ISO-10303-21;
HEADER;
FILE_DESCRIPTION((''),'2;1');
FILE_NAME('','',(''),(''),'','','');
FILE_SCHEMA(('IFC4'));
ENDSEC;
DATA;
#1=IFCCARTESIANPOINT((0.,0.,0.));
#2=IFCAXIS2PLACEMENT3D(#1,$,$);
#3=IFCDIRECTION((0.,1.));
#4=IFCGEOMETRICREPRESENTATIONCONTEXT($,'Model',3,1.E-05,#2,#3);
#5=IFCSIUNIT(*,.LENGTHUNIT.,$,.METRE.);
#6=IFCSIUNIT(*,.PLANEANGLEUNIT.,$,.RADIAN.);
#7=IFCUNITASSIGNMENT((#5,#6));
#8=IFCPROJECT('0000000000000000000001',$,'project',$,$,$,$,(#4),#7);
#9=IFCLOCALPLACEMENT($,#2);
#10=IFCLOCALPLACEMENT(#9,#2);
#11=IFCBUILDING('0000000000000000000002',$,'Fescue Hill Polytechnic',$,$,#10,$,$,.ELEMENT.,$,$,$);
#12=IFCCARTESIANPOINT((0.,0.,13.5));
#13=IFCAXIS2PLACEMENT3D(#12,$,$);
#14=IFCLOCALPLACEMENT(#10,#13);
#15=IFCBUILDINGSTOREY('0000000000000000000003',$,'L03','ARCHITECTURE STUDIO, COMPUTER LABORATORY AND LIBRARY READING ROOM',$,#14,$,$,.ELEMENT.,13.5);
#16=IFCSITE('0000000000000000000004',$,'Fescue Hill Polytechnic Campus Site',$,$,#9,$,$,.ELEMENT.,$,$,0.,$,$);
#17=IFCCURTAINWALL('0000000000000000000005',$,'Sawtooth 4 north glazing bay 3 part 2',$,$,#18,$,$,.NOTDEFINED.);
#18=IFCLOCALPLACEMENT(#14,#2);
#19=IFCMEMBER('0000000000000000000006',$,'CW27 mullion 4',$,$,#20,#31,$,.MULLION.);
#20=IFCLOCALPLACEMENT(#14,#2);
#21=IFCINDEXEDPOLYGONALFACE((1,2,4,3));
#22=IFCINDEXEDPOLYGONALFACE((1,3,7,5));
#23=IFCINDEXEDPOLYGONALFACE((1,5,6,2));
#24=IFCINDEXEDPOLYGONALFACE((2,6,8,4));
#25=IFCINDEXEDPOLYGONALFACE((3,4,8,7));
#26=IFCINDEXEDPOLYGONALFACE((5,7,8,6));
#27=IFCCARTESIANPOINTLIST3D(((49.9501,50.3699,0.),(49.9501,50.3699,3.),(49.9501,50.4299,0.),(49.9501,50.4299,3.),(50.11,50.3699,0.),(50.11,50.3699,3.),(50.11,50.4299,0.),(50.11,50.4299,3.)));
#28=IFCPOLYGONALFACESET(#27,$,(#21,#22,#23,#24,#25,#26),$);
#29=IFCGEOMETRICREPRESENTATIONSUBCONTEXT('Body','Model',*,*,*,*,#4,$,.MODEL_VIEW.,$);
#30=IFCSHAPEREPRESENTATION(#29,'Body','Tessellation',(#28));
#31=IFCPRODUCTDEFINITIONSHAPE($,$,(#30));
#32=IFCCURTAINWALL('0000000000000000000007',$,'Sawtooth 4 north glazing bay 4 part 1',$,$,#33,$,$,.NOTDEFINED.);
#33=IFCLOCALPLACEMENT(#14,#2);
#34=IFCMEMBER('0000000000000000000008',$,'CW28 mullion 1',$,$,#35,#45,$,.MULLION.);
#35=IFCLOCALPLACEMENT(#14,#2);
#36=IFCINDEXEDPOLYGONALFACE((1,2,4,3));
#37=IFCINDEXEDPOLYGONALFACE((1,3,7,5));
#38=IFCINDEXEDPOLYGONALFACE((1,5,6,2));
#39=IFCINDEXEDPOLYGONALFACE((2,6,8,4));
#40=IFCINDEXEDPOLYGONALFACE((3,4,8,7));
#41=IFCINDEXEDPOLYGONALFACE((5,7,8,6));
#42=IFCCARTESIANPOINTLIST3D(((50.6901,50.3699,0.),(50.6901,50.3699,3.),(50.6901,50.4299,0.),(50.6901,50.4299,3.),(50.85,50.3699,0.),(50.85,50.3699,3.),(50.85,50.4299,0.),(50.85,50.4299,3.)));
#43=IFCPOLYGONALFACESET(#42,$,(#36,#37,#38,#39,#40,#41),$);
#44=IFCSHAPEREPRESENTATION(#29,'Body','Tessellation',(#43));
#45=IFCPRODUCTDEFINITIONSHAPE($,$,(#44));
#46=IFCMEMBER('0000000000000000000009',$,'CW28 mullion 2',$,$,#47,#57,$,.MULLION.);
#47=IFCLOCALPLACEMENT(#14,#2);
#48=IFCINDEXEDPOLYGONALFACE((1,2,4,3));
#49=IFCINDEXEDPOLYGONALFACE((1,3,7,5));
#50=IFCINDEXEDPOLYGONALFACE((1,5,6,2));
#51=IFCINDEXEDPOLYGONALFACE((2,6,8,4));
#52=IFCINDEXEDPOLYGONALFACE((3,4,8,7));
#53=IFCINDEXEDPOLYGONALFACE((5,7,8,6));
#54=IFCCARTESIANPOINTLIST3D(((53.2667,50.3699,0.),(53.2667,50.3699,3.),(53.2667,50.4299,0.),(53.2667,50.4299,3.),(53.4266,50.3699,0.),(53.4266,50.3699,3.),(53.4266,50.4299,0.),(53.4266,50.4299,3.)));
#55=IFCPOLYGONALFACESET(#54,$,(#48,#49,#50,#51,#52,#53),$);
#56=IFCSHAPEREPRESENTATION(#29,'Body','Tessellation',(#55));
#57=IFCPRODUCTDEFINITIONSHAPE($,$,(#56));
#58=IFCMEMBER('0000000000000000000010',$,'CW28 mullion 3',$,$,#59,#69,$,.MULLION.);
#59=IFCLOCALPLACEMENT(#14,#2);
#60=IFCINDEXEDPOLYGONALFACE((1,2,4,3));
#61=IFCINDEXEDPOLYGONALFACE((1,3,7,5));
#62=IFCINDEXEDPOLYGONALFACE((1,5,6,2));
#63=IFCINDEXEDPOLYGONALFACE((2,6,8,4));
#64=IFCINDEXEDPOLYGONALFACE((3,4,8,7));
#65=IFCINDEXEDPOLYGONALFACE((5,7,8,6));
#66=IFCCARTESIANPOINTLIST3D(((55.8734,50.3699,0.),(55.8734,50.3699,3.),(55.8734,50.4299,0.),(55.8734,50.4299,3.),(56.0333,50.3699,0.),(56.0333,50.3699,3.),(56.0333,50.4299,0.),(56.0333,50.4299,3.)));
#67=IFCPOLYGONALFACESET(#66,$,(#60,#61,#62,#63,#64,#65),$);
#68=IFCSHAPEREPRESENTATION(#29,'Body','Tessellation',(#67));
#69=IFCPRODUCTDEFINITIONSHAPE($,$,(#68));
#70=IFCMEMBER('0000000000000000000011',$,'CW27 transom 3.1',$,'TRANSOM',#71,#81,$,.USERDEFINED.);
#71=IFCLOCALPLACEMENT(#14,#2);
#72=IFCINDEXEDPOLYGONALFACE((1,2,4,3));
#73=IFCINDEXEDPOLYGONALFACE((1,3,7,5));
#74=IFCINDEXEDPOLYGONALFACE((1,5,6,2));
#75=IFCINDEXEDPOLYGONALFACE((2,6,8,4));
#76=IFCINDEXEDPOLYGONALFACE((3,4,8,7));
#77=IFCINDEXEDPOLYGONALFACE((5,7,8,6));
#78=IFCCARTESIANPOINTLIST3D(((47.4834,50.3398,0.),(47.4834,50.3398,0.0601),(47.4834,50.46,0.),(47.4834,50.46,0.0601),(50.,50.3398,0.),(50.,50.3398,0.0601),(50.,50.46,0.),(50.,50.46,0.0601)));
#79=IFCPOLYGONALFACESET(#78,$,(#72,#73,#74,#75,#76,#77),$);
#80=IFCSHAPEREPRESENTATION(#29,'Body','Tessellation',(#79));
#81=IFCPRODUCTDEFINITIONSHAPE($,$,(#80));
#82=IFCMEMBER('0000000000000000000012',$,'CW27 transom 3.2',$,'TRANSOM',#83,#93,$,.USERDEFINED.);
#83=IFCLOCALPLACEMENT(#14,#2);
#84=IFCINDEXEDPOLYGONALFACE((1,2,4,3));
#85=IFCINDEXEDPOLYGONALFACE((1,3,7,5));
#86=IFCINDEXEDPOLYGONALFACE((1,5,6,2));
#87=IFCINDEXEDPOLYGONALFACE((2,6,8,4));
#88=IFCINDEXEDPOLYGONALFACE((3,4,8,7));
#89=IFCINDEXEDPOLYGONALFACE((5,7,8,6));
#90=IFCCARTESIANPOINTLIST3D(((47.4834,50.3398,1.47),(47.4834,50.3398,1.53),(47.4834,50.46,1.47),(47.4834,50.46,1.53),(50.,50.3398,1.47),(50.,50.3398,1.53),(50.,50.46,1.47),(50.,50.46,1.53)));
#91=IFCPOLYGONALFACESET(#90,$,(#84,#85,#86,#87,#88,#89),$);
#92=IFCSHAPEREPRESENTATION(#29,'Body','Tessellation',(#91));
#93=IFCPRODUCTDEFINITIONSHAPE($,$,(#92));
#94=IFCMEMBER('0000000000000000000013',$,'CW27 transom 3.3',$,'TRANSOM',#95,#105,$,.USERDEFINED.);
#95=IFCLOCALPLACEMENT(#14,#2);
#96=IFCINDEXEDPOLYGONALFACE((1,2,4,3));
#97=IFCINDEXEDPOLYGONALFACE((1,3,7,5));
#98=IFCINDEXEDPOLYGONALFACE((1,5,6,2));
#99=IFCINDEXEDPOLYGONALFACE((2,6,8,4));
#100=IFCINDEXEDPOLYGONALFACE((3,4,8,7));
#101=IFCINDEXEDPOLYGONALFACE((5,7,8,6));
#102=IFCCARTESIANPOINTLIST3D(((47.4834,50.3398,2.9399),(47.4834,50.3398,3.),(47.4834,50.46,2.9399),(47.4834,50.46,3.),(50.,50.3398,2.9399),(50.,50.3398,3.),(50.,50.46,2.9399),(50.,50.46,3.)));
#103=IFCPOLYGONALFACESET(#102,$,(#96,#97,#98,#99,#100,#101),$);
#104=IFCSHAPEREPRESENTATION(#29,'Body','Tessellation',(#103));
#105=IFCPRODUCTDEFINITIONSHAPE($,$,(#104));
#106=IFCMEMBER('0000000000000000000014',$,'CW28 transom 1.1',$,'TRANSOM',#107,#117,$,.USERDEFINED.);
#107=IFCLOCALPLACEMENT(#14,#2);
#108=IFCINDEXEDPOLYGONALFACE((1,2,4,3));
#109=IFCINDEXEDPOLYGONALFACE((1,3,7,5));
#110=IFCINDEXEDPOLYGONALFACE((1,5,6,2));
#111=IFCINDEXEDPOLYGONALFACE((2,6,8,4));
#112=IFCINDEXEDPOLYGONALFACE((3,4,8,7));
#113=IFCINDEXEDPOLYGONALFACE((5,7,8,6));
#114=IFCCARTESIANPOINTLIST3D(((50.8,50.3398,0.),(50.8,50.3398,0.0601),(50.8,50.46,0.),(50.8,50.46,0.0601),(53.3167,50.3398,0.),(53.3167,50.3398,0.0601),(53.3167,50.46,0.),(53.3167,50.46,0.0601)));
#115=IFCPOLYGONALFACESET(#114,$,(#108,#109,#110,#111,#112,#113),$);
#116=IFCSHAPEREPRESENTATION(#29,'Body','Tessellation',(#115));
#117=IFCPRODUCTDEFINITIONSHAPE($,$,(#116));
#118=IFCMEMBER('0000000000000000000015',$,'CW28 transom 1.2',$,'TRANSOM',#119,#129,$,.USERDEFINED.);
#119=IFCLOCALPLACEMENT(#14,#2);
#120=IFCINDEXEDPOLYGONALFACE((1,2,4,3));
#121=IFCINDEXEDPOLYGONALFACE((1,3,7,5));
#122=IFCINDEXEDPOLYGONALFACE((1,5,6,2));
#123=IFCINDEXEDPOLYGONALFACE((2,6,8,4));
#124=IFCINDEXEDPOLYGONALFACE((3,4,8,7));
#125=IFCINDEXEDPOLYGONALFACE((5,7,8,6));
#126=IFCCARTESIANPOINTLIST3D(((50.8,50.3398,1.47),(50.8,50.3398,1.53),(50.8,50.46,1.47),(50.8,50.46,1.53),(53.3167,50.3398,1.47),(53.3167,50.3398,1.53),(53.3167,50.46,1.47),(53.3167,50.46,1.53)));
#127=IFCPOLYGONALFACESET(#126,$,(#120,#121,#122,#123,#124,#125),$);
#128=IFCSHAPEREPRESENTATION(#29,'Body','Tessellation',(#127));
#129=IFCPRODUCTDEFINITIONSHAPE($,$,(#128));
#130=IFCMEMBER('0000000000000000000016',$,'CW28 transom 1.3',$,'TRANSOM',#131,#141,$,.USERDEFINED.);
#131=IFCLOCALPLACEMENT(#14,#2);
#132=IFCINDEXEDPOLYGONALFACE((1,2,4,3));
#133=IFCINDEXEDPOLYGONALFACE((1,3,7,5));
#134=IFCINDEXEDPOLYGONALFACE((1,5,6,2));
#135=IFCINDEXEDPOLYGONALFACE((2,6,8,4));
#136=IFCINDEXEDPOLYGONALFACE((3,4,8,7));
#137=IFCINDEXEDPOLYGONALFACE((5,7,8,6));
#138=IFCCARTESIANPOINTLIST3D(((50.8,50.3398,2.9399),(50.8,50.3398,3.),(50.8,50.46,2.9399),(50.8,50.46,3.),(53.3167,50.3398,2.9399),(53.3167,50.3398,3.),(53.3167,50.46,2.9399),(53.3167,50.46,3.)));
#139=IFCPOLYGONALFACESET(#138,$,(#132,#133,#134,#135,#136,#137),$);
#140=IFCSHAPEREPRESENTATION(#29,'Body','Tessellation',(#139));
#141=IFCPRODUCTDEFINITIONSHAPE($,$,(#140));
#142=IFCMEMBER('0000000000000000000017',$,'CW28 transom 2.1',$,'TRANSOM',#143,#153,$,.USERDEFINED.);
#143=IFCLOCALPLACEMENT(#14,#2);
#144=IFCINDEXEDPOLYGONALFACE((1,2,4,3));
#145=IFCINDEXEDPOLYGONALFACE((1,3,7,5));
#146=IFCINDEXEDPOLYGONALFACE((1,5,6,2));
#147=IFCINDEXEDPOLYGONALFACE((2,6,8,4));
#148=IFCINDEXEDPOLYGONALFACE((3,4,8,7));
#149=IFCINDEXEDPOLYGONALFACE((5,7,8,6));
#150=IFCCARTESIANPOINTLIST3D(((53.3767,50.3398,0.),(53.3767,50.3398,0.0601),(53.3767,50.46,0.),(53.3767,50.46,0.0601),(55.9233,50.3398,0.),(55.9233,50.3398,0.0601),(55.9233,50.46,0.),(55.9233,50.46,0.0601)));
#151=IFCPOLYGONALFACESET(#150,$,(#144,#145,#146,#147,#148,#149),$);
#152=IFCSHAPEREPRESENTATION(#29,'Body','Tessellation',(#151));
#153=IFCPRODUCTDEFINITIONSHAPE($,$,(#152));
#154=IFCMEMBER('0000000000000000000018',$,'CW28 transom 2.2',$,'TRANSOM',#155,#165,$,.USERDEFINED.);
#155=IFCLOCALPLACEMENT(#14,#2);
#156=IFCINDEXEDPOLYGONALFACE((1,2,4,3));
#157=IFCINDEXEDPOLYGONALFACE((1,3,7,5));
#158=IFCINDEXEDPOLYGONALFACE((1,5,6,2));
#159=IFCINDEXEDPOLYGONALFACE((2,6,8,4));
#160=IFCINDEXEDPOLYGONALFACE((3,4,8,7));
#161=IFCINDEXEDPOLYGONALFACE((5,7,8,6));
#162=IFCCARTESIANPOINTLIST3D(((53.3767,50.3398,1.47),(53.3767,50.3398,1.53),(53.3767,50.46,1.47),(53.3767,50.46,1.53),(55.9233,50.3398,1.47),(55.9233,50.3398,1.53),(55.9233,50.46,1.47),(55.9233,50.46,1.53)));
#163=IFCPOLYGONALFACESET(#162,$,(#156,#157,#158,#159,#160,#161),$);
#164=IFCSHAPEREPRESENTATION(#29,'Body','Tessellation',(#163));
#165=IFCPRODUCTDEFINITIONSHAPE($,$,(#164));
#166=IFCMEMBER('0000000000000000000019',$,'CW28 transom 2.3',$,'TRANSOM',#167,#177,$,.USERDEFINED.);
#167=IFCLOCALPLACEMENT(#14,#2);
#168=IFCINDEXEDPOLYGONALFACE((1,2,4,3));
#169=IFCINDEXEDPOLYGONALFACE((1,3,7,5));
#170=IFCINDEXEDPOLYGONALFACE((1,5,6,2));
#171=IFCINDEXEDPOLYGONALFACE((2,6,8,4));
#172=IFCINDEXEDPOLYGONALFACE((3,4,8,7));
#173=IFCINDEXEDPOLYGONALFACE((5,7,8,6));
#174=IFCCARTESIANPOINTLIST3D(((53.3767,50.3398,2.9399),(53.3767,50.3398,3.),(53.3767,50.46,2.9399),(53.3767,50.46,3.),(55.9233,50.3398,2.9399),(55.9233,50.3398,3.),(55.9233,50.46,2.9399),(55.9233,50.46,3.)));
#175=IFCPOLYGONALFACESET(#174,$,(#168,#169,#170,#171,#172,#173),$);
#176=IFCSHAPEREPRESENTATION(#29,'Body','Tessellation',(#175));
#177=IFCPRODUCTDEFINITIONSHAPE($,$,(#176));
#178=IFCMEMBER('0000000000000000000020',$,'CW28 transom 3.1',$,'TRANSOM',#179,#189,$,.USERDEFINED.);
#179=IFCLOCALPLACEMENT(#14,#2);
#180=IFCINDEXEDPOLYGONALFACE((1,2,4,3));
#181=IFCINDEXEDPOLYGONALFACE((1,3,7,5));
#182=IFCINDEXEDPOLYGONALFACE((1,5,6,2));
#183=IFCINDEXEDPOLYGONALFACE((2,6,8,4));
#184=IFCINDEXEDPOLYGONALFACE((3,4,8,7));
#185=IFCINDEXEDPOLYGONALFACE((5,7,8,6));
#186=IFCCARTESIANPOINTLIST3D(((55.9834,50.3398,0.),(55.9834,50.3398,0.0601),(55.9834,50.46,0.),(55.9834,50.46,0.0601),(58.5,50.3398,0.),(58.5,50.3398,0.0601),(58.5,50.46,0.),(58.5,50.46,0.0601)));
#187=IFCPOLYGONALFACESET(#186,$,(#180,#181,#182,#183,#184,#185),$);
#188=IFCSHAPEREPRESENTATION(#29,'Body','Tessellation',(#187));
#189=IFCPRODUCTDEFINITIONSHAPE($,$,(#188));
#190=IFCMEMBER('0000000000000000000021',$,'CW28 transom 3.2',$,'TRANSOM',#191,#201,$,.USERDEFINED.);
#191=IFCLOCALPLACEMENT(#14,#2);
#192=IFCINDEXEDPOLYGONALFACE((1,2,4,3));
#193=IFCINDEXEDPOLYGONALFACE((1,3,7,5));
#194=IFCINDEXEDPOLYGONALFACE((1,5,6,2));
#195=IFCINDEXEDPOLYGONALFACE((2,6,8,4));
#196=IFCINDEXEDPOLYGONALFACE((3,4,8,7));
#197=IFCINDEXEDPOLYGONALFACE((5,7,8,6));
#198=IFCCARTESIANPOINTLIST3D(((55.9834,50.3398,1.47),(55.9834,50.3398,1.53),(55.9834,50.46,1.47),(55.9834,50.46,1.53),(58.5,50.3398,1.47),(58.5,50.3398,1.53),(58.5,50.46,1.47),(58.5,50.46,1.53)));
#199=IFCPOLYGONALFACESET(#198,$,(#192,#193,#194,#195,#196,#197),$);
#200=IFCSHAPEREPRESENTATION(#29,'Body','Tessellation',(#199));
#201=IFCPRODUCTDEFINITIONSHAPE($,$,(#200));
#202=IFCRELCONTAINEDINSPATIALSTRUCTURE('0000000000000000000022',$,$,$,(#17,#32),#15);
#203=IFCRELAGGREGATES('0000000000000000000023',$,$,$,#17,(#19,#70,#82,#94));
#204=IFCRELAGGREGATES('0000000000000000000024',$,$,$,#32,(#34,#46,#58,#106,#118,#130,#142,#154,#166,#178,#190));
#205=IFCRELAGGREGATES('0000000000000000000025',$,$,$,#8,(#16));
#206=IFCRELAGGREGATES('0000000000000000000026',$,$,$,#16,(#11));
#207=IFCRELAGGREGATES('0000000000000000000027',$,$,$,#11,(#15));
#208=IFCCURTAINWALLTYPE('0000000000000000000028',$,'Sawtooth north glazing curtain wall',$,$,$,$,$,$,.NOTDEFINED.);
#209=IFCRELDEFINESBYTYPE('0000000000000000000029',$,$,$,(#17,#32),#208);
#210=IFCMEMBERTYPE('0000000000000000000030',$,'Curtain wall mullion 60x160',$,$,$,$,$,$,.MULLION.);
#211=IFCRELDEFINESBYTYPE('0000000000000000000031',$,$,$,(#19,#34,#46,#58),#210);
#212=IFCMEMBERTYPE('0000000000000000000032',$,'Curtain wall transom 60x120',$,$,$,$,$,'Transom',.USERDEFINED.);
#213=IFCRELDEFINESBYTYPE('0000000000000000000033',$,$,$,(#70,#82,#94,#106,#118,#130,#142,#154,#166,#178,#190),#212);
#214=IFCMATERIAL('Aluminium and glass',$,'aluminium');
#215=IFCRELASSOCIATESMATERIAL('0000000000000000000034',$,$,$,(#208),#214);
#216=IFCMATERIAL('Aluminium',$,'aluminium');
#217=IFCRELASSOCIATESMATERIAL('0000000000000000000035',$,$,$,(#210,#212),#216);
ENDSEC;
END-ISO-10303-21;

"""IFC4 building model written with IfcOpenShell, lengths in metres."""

from ifc_helpers import new_model, si_unit, direction, frame, origin, origin_2d, place, context, subcontext, project, spatial, rectangle, extrude, material, material_profile, profile_set, type_object, element, aggregate, save


model = new_model("IFC4")

# Units and contexts
model_context = context("Model", 3, precision=1e-05, world=origin(), true_north=direction((0.0, 1.0)))
body_context = subcontext(model_context, "Body", "Model", "MODEL_VIEW")
ifc_project = project(units=[si_unit("LENGTHUNIT", "METRE"), si_unit("PLANEANGLEUNIT", "RADIAN")], contexts=[model_context])

# Site, building, storey
site_placement = place(None, origin())
site = spatial("IfcSite", under=ifc_project, at=site_placement, Name="Fescue Hill Polytechnic Campus Site", CompositionType="ELEMENT", RefElevation=0.0)
building_placement = place(site_placement, origin())
building = spatial("IfcBuilding", under=site, at=building_placement, Name="Fescue Hill Polytechnic", CompositionType="ELEMENT")
storey_placement = place(building_placement, frame((0.0, 0.0, 13.5)))
storey = spatial("IfcBuildingStorey", under=building, at=storey_placement, Name="L03", Description="ARCHITECTURE STUDIO, COMPUTER LABORATORY AND LIBRARY READING ROOM", CompositionType="ELEMENT", Elevation=13.5)

# Curtain wall, member
ifc_material_1 = material(Name="Aluminium and glass", Category="aluminium")
curtain_wall_type = type_object("IfcCurtainWallType", Name="Sawtooth north glazing curtain wall", PredefinedType="NOTDEFINED", material=ifc_material_1)
curtain_wall_1_placement = place(storey_placement, origin())
curtain_wall_1 = element("IfcCurtainWall", 1, at=curtain_wall_1_placement, inside=storey, type_object=curtain_wall_type, Name="Sawtooth 4 north glazing bay 3 part 2", PredefinedType="NOTDEFINED")
ifc_material_2 = material(Name="Aluminium", Category="aluminium")
ifc_material_profile_1 = material_profile(ifc_material_2, rectangle(XDim=0.0601, YDim=0.1599, at=origin_2d()), Name="Curtain wall mullion 60x160")
ifc_profile_set_1 = profile_set([ifc_material_profile_1], Name="Aluminium")
member_type_1 = type_object("IfcMemberType", Name="Curtain wall mullion 60x160", PredefinedType="MULLION", material=ifc_profile_set_1)
member_1_placement = place(storey_placement, frame((50.03, 50.3999, 0.0), z_axis=(0.0, 0.0, 1.0), x_axis=(0.0, 1.0, 0.0)))
member_1 = element("IfcMember", 2, at=member_1_placement, type_object=member_type_1, Name="CW27 mullion 4", PredefinedType="MULLION", context=body_context, shape_type="SweptSolid", body=[
    extrude(rectangle(XDim=0.0601, YDim=0.1599, at=origin_2d()), origin(), (0.0, 0.0, 1.0), 3.0),
])

# Curtain wall, members
curtain_wall_2_placement = place(storey_placement, origin())
curtain_wall_2 = element("IfcCurtainWall", 3, at=curtain_wall_2_placement, inside=storey, type_object=curtain_wall_type, Name="Sawtooth 4 north glazing bay 4 part 1", PredefinedType="NOTDEFINED")
member_2_placement = place(storey_placement, frame((50.77, 50.3999, 0.0), z_axis=(0.0, 0.0, 1.0), x_axis=(0.0, 1.0, 0.0)))
member_2 = element("IfcMember", 4, at=member_2_placement, type_object=member_type_1, Name="CW28 mullion 1", PredefinedType="MULLION", context=body_context, shape_type="SweptSolid", body=[
    extrude(rectangle(XDim=0.0601, YDim=0.1599, at=origin_2d()), origin(), (0.0, 0.0, 1.0), 3.0),
])
member_3_placement = place(storey_placement, frame((53.3467, 50.3999, 0.0), z_axis=(0.0, 0.0, 1.0), x_axis=(0.0, 1.0, 0.0)))
member_3 = element("IfcMember", 5, at=member_3_placement, type_object=member_type_1, Name="CW28 mullion 2", PredefinedType="MULLION", context=body_context, shape_type="SweptSolid", body=[
    extrude(rectangle(XDim=0.0601, YDim=0.1599, at=origin_2d()), origin(), (0.0, 0.0, 1.0), 3.0),
])
member_4_placement = place(storey_placement, frame((55.9534, 50.3999, 0.0), z_axis=(0.0, 0.0, 1.0), x_axis=(0.0, 1.0, 0.0)))
member_4 = element("IfcMember", 6, at=member_4_placement, type_object=member_type_1, Name="CW28 mullion 3", PredefinedType="MULLION", context=body_context, shape_type="SweptSolid", body=[
    extrude(rectangle(XDim=0.0601, YDim=0.1599, at=origin_2d()), origin(), (0.0, 0.0, 1.0), 3.0),
])

# Members
ifc_material_profile_2 = material_profile(ifc_material_2, rectangle(XDim=0.1201, YDim=0.0601, at=origin_2d()), Name="Curtain wall transom 60x120")
ifc_profile_set_2 = profile_set([ifc_material_profile_2], Name="Aluminium")
member_type_2 = type_object("IfcMemberType", Name="Curtain wall transom 60x120", ElementType="Transom", PredefinedType="USERDEFINED", material=ifc_profile_set_2)
member_5_placement = place(storey_placement, frame((47.4834, 50.3999, 0.03), z_axis=(1.0, 0.0, 0.0), x_axis=(0.0, 1.0, 0.0)))
member_5 = element("IfcMember", 7, at=member_5_placement, type_object=member_type_2, Name="CW27 transom 3.1", ObjectType="TRANSOM", PredefinedType="USERDEFINED", context=body_context, shape_type="SweptSolid", body=[
    extrude(rectangle(XDim=0.1201, YDim=0.0601, at=origin_2d()), origin(), (0.0, 0.0, 1.0), 2.5166),
])
member_6_placement = place(storey_placement, frame((47.4834, 50.3999, 1.5), z_axis=(1.0, 0.0, 0.0), x_axis=(0.0, 1.0, 0.0)))
member_6 = element("IfcMember", 8, at=member_6_placement, type_object=member_type_2, Name="CW27 transom 3.2", ObjectType="TRANSOM", PredefinedType="USERDEFINED", context=body_context, shape_type="SweptSolid", body=[
    extrude(rectangle(XDim=0.1201, YDim=0.0601, at=origin_2d()), origin(), (0.0, 0.0, 1.0), 2.5166),
])
member_7_placement = place(storey_placement, frame((47.4834, 50.3999, 2.97), z_axis=(1.0, 0.0, 0.0), x_axis=(0.0, 1.0, 0.0)))
member_7 = element("IfcMember", 9, at=member_7_placement, type_object=member_type_2, Name="CW27 transom 3.3", ObjectType="TRANSOM", PredefinedType="USERDEFINED", context=body_context, shape_type="SweptSolid", body=[
    extrude(rectangle(XDim=0.1201, YDim=0.0601, at=origin_2d()), origin(), (0.0, 0.0, 1.0), 2.5166),
])
member_8_placement = place(storey_placement, frame((50.8, 50.3999, 0.03), z_axis=(1.0, 0.0, 0.0), x_axis=(0.0, 1.0, 0.0)))
member_8 = element("IfcMember", 10, at=member_8_placement, type_object=member_type_2, Name="CW28 transom 1.1", ObjectType="TRANSOM", PredefinedType="USERDEFINED", context=body_context, shape_type="SweptSolid", body=[
    extrude(rectangle(XDim=0.1201, YDim=0.0601, at=origin_2d()), origin(), (0.0, 0.0, 1.0), 2.5166),
])
member_9_placement = place(storey_placement, frame((50.8, 50.3999, 1.5), z_axis=(1.0, 0.0, 0.0), x_axis=(0.0, 1.0, 0.0)))
member_9 = element("IfcMember", 11, at=member_9_placement, type_object=member_type_2, Name="CW28 transom 1.2", ObjectType="TRANSOM", PredefinedType="USERDEFINED", context=body_context, shape_type="SweptSolid", body=[
    extrude(rectangle(XDim=0.1201, YDim=0.0601, at=origin_2d()), origin(), (0.0, 0.0, 1.0), 2.5166),
])
member_10_placement = place(storey_placement, frame((50.8, 50.3999, 2.97), z_axis=(1.0, 0.0, 0.0), x_axis=(0.0, 1.0, 0.0)))
member_10 = element("IfcMember", 12, at=member_10_placement, type_object=member_type_2, Name="CW28 transom 1.3", ObjectType="TRANSOM", PredefinedType="USERDEFINED", context=body_context, shape_type="SweptSolid", body=[
    extrude(rectangle(XDim=0.1201, YDim=0.0601, at=origin_2d()), origin(), (0.0, 0.0, 1.0), 2.5166),
])
member_11_placement = place(storey_placement, frame((53.3767, 50.3999, 0.03), z_axis=(1.0, 0.0, 0.0), x_axis=(0.0, 1.0, 0.0)))
member_11 = element("IfcMember", 13, at=member_11_placement, type_object=member_type_2, Name="CW28 transom 2.1", ObjectType="TRANSOM", PredefinedType="USERDEFINED", context=body_context, shape_type="SweptSolid", body=[
    extrude(rectangle(XDim=0.1201, YDim=0.0601, at=origin_2d()), origin(), (0.0, 0.0, 1.0), 2.5466),
])
member_12_placement = place(storey_placement, frame((53.3767, 50.3999, 1.5), z_axis=(1.0, 0.0, 0.0), x_axis=(0.0, 1.0, 0.0)))
member_12 = element("IfcMember", 14, at=member_12_placement, type_object=member_type_2, Name="CW28 transom 2.2", ObjectType="TRANSOM", PredefinedType="USERDEFINED", context=body_context, shape_type="SweptSolid", body=[
    extrude(rectangle(XDim=0.1201, YDim=0.0601, at=origin_2d()), origin(), (0.0, 0.0, 1.0), 2.5466),
])
member_13_placement = place(storey_placement, frame((53.3767, 50.3999, 2.97), z_axis=(1.0, 0.0, 0.0), x_axis=(0.0, 1.0, 0.0)))
member_13 = element("IfcMember", 15, at=member_13_placement, type_object=member_type_2, Name="CW28 transom 2.3", ObjectType="TRANSOM", PredefinedType="USERDEFINED", context=body_context, shape_type="SweptSolid", body=[
    extrude(rectangle(XDim=0.1201, YDim=0.0601, at=origin_2d()), origin(), (0.0, 0.0, 1.0), 2.5466),
])
member_14_placement = place(storey_placement, frame((55.9834, 50.3999, 0.03), z_axis=(1.0, 0.0, 0.0), x_axis=(0.0, 1.0, 0.0)))
member_14 = element("IfcMember", 16, at=member_14_placement, type_object=member_type_2, Name="CW28 transom 3.1", ObjectType="TRANSOM", PredefinedType="USERDEFINED", context=body_context, shape_type="SweptSolid", body=[
    extrude(rectangle(XDim=0.1201, YDim=0.0601, at=origin_2d()), origin(), (0.0, 0.0, 1.0), 2.5166),
])
member_15_placement = place(storey_placement, frame((55.9834, 50.3999, 1.5), z_axis=(1.0, 0.0, 0.0), x_axis=(0.0, 1.0, 0.0)))
member_15 = element("IfcMember", 17, at=member_15_placement, type_object=member_type_2, Name="CW28 transom 3.2", ObjectType="TRANSOM", PredefinedType="USERDEFINED", context=body_context, shape_type="SweptSolid", body=[
    extrude(rectangle(XDim=0.1201, YDim=0.0601, at=origin_2d()), origin(), (0.0, 0.0, 1.0), 2.5166),
])

aggregate(curtain_wall_1, [member_1, member_5, member_6, member_7])
aggregate(curtain_wall_2, [member_2, member_3, member_4, member_8, member_9, member_10, member_11, member_12, member_13, member_14, member_15])

save(model, "model.ifc")
